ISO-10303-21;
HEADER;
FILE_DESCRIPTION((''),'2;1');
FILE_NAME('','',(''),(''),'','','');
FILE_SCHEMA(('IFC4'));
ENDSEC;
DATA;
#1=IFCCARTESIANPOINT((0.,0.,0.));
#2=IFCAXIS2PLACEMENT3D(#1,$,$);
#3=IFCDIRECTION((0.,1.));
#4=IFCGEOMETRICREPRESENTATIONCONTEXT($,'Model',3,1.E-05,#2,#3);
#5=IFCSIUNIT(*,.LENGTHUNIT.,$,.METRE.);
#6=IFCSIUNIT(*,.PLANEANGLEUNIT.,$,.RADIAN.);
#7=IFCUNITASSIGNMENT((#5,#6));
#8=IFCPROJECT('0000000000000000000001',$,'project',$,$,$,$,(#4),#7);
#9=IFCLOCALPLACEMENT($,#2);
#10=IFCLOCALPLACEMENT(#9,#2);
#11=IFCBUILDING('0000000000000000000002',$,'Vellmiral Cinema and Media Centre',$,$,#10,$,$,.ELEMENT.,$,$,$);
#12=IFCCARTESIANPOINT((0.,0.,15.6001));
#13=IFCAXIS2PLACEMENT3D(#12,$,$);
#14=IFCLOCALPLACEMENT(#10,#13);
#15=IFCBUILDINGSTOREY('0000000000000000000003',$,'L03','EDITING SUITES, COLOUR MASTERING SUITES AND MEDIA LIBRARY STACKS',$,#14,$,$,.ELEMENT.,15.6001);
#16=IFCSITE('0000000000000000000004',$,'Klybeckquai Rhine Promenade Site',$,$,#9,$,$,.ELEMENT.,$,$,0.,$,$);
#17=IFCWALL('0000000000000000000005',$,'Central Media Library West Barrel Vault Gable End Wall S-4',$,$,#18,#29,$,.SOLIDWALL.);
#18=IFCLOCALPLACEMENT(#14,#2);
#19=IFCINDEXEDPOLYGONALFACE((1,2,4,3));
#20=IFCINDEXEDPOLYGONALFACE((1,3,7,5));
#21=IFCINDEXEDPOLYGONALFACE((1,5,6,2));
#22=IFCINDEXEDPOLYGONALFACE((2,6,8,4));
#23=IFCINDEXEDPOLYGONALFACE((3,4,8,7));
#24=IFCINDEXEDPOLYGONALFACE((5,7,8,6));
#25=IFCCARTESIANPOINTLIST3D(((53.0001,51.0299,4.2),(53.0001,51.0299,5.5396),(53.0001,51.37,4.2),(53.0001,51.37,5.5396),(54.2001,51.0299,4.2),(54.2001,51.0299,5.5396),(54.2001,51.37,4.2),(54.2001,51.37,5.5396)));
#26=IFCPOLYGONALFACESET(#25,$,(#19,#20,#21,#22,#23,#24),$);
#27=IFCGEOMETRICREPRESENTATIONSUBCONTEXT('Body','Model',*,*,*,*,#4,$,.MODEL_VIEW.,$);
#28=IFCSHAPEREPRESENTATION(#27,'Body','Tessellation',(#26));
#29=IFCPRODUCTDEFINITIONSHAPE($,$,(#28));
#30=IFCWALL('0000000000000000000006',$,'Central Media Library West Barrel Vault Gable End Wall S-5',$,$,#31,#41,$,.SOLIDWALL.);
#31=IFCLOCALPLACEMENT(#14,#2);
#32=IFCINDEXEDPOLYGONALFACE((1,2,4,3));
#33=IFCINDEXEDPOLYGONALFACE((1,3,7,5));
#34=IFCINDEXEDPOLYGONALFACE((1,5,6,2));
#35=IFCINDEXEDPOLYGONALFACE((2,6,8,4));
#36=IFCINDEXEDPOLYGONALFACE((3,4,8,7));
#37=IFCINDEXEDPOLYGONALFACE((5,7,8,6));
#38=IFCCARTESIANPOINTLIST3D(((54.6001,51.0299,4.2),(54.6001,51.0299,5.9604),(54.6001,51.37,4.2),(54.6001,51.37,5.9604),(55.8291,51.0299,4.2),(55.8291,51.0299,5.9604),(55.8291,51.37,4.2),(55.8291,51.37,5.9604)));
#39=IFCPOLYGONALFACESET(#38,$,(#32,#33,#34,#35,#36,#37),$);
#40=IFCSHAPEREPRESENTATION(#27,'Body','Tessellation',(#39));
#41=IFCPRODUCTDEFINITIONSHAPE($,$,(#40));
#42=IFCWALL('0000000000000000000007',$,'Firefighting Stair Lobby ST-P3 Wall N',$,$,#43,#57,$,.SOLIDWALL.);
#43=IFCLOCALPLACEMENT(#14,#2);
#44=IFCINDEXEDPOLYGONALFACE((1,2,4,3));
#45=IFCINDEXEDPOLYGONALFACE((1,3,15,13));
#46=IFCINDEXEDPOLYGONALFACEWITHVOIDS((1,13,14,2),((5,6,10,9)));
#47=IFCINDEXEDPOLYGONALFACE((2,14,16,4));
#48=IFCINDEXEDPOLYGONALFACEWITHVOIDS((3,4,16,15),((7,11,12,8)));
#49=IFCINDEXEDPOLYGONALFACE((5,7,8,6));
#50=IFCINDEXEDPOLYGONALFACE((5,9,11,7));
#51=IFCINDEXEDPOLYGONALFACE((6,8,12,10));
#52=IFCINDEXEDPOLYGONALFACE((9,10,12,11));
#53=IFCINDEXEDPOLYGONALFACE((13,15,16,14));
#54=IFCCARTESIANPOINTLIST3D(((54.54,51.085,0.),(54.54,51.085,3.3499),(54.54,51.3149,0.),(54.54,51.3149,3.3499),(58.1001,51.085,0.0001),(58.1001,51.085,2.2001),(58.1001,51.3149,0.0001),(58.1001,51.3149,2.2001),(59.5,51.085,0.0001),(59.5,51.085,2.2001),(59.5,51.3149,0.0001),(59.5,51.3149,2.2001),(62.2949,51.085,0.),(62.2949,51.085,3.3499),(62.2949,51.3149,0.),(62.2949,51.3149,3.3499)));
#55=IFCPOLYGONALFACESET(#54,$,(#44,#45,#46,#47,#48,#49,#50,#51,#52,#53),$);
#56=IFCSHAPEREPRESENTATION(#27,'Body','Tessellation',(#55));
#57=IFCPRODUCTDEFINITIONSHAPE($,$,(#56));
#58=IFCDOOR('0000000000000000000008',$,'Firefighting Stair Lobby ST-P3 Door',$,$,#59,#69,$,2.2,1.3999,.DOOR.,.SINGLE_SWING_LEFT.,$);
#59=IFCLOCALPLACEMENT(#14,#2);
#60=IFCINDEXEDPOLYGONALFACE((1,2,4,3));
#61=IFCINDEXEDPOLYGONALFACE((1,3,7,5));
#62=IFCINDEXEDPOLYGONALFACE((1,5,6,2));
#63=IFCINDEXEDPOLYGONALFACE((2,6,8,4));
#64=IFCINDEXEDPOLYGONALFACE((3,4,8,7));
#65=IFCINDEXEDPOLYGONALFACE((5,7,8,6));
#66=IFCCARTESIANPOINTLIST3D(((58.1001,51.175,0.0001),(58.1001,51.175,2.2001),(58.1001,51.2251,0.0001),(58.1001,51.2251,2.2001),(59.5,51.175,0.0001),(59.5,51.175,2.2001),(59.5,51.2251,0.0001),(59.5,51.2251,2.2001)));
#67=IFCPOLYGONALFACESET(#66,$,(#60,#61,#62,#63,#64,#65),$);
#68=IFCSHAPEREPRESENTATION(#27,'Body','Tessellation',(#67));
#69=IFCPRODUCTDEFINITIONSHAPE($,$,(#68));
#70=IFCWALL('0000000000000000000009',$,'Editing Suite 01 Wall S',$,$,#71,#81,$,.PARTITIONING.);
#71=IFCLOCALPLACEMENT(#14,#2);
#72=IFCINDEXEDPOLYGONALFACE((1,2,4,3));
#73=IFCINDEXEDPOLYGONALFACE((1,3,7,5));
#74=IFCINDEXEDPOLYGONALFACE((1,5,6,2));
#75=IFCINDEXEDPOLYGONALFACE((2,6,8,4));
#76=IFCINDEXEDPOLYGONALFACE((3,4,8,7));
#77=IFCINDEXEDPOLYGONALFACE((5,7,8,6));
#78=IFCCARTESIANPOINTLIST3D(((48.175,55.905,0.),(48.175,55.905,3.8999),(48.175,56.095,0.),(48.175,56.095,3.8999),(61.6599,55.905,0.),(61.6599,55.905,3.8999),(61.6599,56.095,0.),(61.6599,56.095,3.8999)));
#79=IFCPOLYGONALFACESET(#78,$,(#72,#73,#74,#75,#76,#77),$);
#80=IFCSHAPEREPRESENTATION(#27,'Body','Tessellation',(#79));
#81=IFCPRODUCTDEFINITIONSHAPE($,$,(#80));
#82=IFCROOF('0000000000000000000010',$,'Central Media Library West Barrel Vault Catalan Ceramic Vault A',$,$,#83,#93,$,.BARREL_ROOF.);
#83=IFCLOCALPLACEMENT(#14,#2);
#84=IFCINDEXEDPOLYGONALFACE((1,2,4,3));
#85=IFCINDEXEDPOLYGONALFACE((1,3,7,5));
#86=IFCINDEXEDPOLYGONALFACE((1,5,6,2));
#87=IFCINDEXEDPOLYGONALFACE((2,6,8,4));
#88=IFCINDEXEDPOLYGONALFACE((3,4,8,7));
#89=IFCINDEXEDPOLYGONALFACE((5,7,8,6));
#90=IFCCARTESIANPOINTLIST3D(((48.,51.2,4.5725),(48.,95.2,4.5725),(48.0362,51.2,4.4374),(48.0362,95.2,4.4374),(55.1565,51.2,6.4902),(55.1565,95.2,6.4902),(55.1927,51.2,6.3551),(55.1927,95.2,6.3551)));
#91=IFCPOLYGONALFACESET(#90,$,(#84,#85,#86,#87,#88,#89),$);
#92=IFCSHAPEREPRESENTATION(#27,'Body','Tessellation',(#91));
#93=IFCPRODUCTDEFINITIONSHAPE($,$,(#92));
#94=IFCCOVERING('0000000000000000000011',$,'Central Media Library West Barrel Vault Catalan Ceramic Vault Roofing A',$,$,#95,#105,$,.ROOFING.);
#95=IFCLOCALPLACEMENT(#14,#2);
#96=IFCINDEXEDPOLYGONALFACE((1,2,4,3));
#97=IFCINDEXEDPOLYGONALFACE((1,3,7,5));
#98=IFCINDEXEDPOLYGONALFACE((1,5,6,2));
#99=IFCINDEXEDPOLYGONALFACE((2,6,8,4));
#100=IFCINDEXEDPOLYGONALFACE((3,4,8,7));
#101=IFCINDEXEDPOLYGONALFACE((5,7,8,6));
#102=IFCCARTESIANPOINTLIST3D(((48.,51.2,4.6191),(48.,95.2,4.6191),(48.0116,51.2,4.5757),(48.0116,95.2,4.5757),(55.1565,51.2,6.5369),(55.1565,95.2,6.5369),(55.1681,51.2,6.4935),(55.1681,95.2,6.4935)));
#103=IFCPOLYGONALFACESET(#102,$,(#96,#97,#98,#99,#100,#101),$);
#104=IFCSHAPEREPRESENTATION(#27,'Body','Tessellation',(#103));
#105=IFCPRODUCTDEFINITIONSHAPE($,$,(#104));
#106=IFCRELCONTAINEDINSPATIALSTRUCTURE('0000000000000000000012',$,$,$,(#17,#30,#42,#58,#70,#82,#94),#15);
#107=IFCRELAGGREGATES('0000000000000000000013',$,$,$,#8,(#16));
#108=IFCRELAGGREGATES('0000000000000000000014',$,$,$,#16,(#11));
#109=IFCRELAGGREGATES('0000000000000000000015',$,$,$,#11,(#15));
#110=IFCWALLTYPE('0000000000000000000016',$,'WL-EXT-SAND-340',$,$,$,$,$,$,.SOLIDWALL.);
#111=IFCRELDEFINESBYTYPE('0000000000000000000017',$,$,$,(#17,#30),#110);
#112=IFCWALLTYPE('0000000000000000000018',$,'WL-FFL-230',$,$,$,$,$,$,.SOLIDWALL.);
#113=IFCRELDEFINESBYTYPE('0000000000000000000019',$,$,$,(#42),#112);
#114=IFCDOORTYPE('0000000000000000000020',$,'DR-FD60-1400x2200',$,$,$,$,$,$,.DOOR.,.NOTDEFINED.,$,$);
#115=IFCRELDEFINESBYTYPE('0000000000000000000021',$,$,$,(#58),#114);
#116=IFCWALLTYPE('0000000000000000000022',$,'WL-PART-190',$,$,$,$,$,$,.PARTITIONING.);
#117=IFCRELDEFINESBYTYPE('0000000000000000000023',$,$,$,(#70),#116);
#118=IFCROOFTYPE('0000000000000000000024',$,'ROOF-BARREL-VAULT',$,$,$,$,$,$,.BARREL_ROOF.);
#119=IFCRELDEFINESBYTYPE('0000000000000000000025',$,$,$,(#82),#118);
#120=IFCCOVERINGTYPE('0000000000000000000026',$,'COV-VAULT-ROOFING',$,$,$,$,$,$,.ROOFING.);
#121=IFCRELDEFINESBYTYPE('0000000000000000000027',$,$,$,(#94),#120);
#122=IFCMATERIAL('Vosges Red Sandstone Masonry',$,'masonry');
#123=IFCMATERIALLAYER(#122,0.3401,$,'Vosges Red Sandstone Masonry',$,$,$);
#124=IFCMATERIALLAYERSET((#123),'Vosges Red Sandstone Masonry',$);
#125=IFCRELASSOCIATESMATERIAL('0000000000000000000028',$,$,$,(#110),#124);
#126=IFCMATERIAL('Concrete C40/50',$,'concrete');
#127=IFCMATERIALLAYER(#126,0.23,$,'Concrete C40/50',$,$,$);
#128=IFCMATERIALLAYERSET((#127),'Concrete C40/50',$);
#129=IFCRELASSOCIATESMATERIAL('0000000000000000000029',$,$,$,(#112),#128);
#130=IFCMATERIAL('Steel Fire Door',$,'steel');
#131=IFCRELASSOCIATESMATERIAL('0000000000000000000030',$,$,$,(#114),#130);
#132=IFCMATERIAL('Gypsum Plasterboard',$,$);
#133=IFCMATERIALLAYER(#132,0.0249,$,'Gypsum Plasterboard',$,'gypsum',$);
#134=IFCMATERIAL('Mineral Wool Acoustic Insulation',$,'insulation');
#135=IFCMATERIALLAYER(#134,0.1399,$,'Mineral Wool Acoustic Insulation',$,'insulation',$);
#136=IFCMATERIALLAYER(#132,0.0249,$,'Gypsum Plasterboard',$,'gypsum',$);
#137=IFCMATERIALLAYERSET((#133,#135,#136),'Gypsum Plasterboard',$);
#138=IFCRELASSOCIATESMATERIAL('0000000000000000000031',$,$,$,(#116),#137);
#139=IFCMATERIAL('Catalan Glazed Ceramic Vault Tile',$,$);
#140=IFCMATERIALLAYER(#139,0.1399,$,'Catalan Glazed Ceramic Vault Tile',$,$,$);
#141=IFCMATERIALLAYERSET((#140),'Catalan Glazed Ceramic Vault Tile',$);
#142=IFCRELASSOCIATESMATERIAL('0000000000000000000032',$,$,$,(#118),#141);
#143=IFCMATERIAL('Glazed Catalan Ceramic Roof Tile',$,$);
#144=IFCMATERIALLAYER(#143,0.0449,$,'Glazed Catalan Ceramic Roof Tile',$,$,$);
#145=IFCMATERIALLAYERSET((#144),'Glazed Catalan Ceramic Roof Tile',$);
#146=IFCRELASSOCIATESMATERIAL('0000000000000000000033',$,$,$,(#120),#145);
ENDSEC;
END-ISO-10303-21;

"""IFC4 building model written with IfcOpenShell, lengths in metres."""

from ifc_helpers import new_model, si_unit, direction, frame, frame_2d, origin, place, context, subcontext, project, spatial, polyline, rectangle, outline, extrude, material, layer, layer_set, type_object, element, fill, save


model = new_model("IFC4")

# Units and contexts
model_context = context("Model", 3, precision=1e-05, world=origin(), true_north=direction((0.0, 1.0)))
body_context = subcontext(model_context, "Body", "Model", "MODEL_VIEW")
ifc_project = project(units=[si_unit("LENGTHUNIT", "METRE"), si_unit("PLANEANGLEUNIT", "RADIAN")], contexts=[model_context])

# Site, building, storey
site_placement = place(None, origin())
site = spatial("IfcSite", under=ifc_project, at=site_placement, Name="Klybeckquai Rhine Promenade Site", CompositionType="ELEMENT", RefElevation=0.0)
building_placement = place(site_placement, origin())
building = spatial("IfcBuilding", under=site, at=building_placement, Name="Vellmiral Cinema and Media Centre", CompositionType="ELEMENT")
storey_placement = place(building_placement, frame((0.0, 0.0, 15.6001)))
storey = spatial("IfcBuildingStorey", under=building, at=storey_placement, Name="L03", Description="EDITING SUITES, COLOUR MASTERING SUITES AND MEDIA LIBRARY STACKS", CompositionType="ELEMENT", Elevation=15.6001)

# Walls
ifc_material_1 = material(Name="Vosges Red Sandstone Masonry", Category="masonry")
ifc_layer_1 = layer(ifc_material_1, 0.3401, Name="Vosges Red Sandstone Masonry")
ifc_layer_set_1 = layer_set([ifc_layer_1], Name="Vosges Red Sandstone Masonry")
wall_type_1 = type_object("IfcWallType", Name="WL-EXT-SAND-340", PredefinedType="SOLIDWALL", material=ifc_layer_set_1)
wall_1_placement = place(storey_placement, frame((53.0, 51.2, 4.2), z_axis=(0.0, 0.0, 1.0), x_axis=(1.0, 0.0, 0.0)))
element("IfcWall", 1, at=wall_1_placement, inside=storey, type_object=wall_type_1, Name="Central Media Library West Barrel Vault Gable End Wall S-4", PredefinedType="SOLIDWALL", context=body_context, shape_type="SweptSolid", body=[
    extrude(rectangle(XDim=1.2, YDim=0.3401, at=frame_2d((0.6001, 0.0))), origin(), (0.0, 0.0, 1.0), 1.3396),
])
wall_2_placement = place(storey_placement, frame((54.6001, 51.2, 4.2), z_axis=(0.0, 0.0, 1.0), x_axis=(1.0, 0.0, 0.0)))
element("IfcWall", 2, at=wall_2_placement, inside=storey, type_object=wall_type_1, Name="Central Media Library West Barrel Vault Gable End Wall S-5", PredefinedType="SOLIDWALL", context=body_context, shape_type="SweptSolid", body=[
    extrude(rectangle(XDim=1.229, YDim=0.3401, at=frame_2d((0.6145, 0.0))), origin(), (0.0, 0.0, 1.0), 1.7605),
])

# Wall, opening, door
ifc_material_2 = material(Name="Concrete C40/50", Category="concrete")
ifc_layer_2 = layer(ifc_material_2, 0.23, Name="Concrete C40/50")
ifc_layer_set_2 = layer_set([ifc_layer_2], Name="Concrete C40/50")
wall_type_2 = type_object("IfcWallType", Name="WL-FFL-230", PredefinedType="SOLIDWALL", material=ifc_layer_set_2)
wall_3_placement = place(storey_placement, frame((54.54, 51.2, 0.0), z_axis=(0.0, 0.0, 1.0), x_axis=(1.0, 0.0, 0.0)))
wall_3 = element("IfcWall", 3, at=wall_3_placement, inside=storey, type_object=wall_type_2, Name="Firefighting Stair Lobby ST-P3 Wall N", PredefinedType="SOLIDWALL", context=body_context, shape_type="SweptSolid", body=[
    extrude(rectangle(XDim=7.7549, YDim=0.23, at=frame_2d((3.8774, 0.0))), origin(), (0.0, 0.0, 1.0), 3.3499),
])
opening_1_placement = place(wall_3_placement, frame((3.5601, 0.0, 0.0)))
opening_1 = element("IfcOpeningElement", 4, at=opening_1_placement, cuts=wall_3, PredefinedType="OPENING", context=body_context, shape_type="SweptSolid", body=[
    extrude(rectangle(XDim=1.3999, YDim=2.2, at=frame_2d((0.7, 1.1001))), frame((0.0, 0.127, 0.0), z_axis=(0.0, -1.0, 0.0), x_axis=(1.0, 0.0, 0.0)), (0.0, 0.0, 1.0), 0.2539),
])
ifc_material_3 = material(Name="Steel Fire Door", Category="steel")
door_type_1 = type_object("IfcDoorType", Name="DR-FD60-1400x2200", OperationType="NOTDEFINED", PredefinedType="DOOR", material=ifc_material_3)
door_1_placement = place(opening_1_placement, frame((1.3999, 0.0, 0.0), z_axis=(0.0, 0.0, 1.0), x_axis=(-1.0, 0.0, 0.0)))
door_1 = element("IfcDoor", 5, at=door_1_placement, inside=storey, type_object=door_type_1, Name="Firefighting Stair Lobby ST-P3 Door", OperationType="SINGLE_SWING_LEFT", OverallHeight=2.2, OverallWidth=1.3999, PredefinedType="DOOR", context=body_context, shape_type="SweptSolid", body=[
    extrude(rectangle(XDim=1.3999, YDim=2.2, at=frame_2d((0.7, 1.1001))), frame((0.0, 0.0249, 0.0), z_axis=(0.0, -1.0, 0.0), x_axis=(1.0, 0.0, 0.0)), (0.0, 0.0, 1.0), 0.05),
])
fill(opening_1, door_1)

# Wall
ifc_material_4 = material(Name="Gypsum Plasterboard")
ifc_layer_3 = layer(ifc_material_4, 0.0249, Name="Gypsum Plasterboard", Category="gypsum")
ifc_material_5 = material(Name="Mineral Wool Acoustic Insulation", Category="insulation")
ifc_layer_4 = layer(ifc_material_5, 0.1399, Name="Mineral Wool Acoustic Insulation", Category="insulation")
ifc_layer_5 = layer(ifc_material_4, 0.0249, Name="Gypsum Plasterboard", Category="gypsum")
ifc_layer_set_3 = layer_set([ifc_layer_3, ifc_layer_4, ifc_layer_5], Name="Gypsum Plasterboard")
wall_type_3 = type_object("IfcWallType", Name="WL-PART-190", PredefinedType="PARTITIONING", material=ifc_layer_set_3)
wall_4_placement = place(storey_placement, frame((48.175, 56.0, 0.0), z_axis=(0.0, 0.0, 1.0), x_axis=(1.0, 0.0, 0.0)))
element("IfcWall", 6, at=wall_4_placement, inside=storey, type_object=wall_type_3, Name="Editing Suite 01 Wall S", PredefinedType="PARTITIONING", context=body_context, shape_type="SweptSolid", body=[
    extrude(rectangle(XDim=13.4849, YDim=0.1899, at=frame_2d((6.7424, 0.0))), origin(), (0.0, 0.0, 1.0), 3.8999),
])

# Roof
ifc_material_6 = material(Name="Catalan Glazed Ceramic Vault Tile")
ifc_layer_6 = layer(ifc_material_6, 0.1399, Name="Catalan Glazed Ceramic Vault Tile")
ifc_layer_set_4 = layer_set([ifc_layer_6], Name="Catalan Glazed Ceramic Vault Tile")
roof_type = type_object("IfcRoofType", Name="ROOF-BARREL-VAULT", PredefinedType="BARREL_ROOF", material=ifc_layer_set_4)
roof_placement = place(storey_placement, frame((48.0, 51.2, 4.5725), z_axis=(-0.258838, 0.0, 0.965921), x_axis=(0.965921, 0.0, 0.258838)))
element("IfcRoof", 7, at=roof_placement, inside=storey, type_object=roof_type, Name="Central Media Library West Barrel Vault Catalan Ceramic Vault A", PredefinedType="BARREL_ROOF", context=body_context, shape_type="SweptSolid", body=[
    extrude(outline(polyline([(0.0, 0.0), (7.409, 0.0), (7.409, 44.0), (0.0, 44.0), (0.0, 0.0)])), origin(), (0.0, 0.0, -1.0), 0.1399),
])

# Covering
ifc_material_7 = material(Name="Glazed Catalan Ceramic Roof Tile")
ifc_layer_7 = layer(ifc_material_7, 0.0449, Name="Glazed Catalan Ceramic Roof Tile")
ifc_layer_set_5 = layer_set([ifc_layer_7], Name="Glazed Catalan Ceramic Roof Tile")
covering_type = type_object("IfcCoveringType", Name="COV-VAULT-ROOFING", PredefinedType="ROOFING", material=ifc_layer_set_5)
covering_placement = place(storey_placement, frame((48.0, 51.2, 4.6191), z_axis=(-0.258838, 0.0, 0.965921), x_axis=(0.965921, 0.0, 0.258838)))
element("IfcCovering", 8, at=covering_placement, inside=storey, type_object=covering_type, Name="Central Media Library West Barrel Vault Catalan Ceramic Vault Roofing A", PredefinedType="ROOFING", context=body_context, shape_type="SweptSolid", body=[
    extrude(outline(polyline([(0.0, 0.0), (7.409, 0.0), (7.409, 44.0), (0.0, 44.0), (0.0, 0.0)])), origin(), (0.0, 0.0, -1.0), 0.0449),
])

save(model, "model.ifc")
